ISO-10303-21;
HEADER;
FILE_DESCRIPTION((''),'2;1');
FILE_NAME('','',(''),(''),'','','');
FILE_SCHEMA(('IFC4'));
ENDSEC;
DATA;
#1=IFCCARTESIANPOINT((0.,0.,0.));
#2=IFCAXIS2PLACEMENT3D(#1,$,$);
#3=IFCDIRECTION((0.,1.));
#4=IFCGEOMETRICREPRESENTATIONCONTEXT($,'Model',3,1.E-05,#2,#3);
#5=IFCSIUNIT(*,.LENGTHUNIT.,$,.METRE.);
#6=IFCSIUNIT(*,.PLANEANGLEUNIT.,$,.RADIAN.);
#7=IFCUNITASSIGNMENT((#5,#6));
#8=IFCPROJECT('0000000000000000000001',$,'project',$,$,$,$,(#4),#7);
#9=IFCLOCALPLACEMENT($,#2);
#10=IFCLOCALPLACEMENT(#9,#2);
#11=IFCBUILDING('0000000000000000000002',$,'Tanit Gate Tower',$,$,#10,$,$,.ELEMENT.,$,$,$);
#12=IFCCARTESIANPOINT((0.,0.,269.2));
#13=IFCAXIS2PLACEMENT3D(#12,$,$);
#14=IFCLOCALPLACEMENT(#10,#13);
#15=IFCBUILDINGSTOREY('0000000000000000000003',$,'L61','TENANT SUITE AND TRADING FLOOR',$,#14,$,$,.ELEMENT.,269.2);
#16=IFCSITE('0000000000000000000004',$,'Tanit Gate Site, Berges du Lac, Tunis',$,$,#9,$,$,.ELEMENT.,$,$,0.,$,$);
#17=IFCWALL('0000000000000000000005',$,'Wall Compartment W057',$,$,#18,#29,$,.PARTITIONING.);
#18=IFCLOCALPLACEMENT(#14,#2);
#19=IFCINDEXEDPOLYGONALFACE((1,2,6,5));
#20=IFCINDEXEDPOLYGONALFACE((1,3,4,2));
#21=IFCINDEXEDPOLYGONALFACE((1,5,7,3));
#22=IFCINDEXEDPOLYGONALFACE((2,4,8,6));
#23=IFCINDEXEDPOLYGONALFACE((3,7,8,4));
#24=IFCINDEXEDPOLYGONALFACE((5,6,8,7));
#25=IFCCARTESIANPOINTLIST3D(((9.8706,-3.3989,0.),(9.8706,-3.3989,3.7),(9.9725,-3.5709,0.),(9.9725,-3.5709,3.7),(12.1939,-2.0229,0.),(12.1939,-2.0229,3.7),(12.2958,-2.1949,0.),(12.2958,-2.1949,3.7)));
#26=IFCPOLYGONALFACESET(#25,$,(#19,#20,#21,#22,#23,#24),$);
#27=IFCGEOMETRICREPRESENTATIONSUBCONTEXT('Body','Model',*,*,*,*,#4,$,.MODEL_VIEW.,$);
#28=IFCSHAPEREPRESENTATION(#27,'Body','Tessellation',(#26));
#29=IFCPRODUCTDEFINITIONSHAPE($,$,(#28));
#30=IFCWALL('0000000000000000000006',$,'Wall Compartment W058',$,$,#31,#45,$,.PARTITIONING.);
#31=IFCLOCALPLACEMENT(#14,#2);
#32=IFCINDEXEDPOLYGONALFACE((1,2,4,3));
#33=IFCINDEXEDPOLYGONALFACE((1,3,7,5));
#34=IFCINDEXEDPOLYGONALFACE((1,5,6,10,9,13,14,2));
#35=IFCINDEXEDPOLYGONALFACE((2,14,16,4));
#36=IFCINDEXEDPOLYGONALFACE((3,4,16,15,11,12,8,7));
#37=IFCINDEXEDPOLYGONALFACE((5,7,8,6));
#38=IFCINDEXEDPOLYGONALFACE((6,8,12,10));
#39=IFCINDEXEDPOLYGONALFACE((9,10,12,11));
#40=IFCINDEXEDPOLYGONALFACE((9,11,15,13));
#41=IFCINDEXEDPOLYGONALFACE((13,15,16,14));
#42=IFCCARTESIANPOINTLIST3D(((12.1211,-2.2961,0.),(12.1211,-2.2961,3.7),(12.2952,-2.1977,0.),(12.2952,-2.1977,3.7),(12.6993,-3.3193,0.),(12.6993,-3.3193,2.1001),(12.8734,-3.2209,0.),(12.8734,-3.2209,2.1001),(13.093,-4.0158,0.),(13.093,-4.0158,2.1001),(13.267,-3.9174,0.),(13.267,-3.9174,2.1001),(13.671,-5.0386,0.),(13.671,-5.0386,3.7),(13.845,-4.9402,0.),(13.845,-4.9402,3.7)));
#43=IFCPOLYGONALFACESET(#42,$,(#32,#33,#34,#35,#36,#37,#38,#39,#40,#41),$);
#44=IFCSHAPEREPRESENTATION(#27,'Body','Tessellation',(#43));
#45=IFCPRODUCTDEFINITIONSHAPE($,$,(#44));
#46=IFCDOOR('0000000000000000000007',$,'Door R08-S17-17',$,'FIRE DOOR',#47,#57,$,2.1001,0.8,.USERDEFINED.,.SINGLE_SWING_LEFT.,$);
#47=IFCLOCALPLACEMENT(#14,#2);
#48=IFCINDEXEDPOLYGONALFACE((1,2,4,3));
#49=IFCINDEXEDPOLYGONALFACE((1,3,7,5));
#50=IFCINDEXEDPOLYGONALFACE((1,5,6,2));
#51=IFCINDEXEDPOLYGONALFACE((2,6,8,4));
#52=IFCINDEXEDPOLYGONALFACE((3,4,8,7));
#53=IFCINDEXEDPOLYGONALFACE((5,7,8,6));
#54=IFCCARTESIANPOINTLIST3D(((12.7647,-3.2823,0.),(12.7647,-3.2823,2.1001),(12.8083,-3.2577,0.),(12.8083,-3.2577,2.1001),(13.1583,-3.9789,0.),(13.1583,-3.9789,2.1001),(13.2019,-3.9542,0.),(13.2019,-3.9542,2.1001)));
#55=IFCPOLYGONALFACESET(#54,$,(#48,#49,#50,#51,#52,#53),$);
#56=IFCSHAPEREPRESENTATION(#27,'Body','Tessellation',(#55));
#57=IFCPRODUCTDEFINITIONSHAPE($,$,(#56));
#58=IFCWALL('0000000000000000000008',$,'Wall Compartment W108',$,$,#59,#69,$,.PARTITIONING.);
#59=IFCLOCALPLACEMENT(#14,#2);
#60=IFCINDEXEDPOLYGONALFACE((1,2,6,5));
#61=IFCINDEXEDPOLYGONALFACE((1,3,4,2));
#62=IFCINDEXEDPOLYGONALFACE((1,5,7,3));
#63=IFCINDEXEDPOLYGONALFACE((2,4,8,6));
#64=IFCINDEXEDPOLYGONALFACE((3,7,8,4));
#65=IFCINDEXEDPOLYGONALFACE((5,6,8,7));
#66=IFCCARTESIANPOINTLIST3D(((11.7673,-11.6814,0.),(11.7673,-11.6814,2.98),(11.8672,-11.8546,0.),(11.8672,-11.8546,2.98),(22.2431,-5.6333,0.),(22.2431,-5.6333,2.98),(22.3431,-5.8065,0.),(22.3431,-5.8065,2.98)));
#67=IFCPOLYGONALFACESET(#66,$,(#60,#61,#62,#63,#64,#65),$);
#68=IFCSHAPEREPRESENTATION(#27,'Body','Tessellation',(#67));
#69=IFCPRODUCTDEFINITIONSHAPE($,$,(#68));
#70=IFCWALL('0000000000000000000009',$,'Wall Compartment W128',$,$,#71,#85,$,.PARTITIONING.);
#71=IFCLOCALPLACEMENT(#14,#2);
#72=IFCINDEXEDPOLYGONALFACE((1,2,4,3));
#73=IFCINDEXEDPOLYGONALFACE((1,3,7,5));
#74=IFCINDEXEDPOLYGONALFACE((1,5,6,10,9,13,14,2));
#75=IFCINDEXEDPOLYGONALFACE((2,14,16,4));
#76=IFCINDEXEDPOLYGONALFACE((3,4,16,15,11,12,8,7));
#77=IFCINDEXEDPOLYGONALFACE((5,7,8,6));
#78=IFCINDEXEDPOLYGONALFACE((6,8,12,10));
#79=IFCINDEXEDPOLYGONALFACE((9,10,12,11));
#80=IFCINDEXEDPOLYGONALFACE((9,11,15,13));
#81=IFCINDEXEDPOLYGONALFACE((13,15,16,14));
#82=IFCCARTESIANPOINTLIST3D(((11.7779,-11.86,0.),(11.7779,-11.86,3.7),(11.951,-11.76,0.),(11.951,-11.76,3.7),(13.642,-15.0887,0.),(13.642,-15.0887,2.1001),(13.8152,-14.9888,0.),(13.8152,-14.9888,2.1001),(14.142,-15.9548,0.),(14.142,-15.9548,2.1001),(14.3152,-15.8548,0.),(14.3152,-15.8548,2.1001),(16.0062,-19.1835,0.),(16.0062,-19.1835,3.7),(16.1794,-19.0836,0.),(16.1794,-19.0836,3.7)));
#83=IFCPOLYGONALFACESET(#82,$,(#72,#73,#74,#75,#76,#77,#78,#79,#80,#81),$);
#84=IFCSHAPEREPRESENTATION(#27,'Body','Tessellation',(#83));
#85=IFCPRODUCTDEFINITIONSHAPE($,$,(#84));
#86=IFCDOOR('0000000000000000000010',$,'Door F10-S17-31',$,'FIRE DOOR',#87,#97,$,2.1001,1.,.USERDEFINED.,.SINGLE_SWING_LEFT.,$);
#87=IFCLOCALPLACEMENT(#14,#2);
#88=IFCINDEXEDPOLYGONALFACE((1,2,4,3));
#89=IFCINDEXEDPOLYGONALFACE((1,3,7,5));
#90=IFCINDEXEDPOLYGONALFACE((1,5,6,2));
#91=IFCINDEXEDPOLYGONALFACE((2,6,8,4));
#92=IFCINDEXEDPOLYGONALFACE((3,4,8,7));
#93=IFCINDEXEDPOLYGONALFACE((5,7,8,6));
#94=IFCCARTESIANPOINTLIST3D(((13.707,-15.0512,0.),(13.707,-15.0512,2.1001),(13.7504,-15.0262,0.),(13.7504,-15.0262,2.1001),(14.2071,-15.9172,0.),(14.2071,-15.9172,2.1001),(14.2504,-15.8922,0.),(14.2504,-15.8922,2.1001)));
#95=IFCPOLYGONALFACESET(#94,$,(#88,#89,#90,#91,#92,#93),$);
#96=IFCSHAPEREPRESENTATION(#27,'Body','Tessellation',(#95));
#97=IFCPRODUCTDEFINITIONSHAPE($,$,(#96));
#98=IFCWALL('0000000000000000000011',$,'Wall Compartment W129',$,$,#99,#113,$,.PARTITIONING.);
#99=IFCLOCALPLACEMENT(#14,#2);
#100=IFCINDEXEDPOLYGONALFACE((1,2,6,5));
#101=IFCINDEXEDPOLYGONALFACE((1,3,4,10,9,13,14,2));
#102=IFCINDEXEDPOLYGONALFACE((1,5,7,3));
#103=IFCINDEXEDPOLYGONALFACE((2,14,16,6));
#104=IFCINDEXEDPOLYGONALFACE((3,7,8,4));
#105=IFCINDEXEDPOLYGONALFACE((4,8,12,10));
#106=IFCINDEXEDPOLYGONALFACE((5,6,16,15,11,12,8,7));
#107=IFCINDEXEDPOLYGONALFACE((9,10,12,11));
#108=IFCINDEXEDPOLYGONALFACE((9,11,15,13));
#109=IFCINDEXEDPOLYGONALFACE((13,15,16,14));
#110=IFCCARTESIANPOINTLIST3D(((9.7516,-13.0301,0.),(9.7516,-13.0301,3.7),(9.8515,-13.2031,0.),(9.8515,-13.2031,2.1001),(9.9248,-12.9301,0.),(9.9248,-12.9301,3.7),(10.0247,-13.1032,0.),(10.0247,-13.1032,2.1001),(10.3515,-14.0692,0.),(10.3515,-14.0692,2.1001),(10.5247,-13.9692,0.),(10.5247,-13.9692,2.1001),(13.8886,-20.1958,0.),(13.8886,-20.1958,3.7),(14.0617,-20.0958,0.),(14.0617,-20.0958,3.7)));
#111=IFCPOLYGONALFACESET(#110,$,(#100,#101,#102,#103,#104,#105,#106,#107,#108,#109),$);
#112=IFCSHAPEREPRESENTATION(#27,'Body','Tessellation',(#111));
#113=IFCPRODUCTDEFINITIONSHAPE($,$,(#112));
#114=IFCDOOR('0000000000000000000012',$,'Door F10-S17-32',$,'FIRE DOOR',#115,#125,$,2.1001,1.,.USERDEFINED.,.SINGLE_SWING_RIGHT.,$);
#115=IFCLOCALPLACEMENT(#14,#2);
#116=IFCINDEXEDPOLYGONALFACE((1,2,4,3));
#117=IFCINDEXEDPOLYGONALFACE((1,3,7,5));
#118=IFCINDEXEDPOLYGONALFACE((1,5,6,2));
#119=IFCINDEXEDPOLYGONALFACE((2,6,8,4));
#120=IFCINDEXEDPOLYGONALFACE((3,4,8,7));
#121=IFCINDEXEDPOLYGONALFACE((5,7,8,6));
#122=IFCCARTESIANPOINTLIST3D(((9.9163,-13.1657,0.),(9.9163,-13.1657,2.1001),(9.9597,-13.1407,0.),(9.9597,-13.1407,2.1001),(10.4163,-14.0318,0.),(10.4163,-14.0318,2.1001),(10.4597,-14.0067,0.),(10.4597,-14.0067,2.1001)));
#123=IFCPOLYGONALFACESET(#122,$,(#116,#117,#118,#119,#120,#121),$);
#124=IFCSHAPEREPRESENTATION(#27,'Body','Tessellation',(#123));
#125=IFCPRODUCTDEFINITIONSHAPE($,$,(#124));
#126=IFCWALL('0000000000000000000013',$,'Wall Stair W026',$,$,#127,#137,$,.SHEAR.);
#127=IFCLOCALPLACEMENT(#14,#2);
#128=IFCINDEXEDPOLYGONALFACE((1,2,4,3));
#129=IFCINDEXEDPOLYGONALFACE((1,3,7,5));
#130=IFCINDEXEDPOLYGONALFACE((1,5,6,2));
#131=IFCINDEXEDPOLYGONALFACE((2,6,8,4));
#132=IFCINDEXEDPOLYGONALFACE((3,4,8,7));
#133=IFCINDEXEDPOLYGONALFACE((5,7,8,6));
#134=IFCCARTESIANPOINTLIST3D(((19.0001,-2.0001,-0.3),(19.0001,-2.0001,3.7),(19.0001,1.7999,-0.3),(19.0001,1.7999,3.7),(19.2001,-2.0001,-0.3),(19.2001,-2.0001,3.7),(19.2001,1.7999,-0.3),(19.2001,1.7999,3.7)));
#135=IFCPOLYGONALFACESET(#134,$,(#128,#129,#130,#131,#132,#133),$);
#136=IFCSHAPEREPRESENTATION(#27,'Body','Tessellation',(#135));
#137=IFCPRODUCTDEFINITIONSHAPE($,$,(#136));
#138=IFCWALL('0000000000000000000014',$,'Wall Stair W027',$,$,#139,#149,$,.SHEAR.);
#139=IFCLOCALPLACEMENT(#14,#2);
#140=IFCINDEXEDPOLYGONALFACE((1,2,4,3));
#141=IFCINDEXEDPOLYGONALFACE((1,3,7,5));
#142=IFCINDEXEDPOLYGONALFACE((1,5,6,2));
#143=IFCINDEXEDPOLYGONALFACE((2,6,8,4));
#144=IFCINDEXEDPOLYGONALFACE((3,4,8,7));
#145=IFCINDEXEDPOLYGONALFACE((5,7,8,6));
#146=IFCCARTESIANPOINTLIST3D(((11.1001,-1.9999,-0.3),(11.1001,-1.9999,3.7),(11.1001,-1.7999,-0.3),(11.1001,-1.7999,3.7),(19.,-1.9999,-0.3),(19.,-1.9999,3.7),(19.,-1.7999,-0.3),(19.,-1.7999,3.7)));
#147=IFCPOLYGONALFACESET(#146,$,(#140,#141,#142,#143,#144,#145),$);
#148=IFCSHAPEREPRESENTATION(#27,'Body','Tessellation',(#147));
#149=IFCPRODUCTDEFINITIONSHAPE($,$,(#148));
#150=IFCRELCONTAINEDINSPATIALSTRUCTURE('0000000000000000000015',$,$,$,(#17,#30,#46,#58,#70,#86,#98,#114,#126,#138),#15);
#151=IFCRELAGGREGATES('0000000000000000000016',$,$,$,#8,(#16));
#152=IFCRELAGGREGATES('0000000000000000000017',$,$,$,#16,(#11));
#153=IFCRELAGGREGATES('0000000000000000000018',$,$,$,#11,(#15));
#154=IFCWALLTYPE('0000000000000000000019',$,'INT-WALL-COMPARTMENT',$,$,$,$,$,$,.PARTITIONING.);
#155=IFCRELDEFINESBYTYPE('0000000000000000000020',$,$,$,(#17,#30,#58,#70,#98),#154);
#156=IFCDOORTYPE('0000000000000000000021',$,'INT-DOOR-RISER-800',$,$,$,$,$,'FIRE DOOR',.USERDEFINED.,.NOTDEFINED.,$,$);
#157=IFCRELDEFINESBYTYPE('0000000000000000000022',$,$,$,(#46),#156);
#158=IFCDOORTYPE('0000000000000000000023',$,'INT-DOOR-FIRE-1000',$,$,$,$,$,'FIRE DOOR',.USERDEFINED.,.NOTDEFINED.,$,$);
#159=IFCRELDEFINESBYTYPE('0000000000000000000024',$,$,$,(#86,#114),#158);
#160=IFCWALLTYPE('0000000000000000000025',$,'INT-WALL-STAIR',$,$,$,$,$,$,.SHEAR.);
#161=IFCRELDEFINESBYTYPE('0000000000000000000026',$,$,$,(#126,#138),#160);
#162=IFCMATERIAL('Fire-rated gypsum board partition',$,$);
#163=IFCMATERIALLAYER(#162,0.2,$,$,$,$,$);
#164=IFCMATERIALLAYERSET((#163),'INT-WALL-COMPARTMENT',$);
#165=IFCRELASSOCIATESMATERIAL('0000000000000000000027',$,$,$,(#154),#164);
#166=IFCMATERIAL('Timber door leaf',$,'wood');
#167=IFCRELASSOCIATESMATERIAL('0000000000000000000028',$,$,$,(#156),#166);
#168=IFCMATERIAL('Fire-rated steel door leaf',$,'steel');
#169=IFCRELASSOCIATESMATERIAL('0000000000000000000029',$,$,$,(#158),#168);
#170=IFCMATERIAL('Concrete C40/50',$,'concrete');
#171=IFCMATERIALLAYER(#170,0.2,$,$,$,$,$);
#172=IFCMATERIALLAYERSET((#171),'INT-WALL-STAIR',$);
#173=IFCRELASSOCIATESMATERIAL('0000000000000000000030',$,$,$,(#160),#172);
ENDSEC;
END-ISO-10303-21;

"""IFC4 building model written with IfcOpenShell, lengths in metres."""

from ifc_helpers import new_model, si_unit, direction, frame, frame_2d, origin, place, context, subcontext, project, spatial, rectangle, extrude, material, layer, layer_set, type_object, element, fill, save


model = new_model("IFC4")

# Units and contexts
model_context = context("Model", 3, precision=1e-05, world=origin(), true_north=direction((0.0, 1.0)))
body_context = subcontext(model_context, "Body", "Model", "MODEL_VIEW")
ifc_project = project(units=[si_unit("LENGTHUNIT", "METRE"), si_unit("PLANEANGLEUNIT", "RADIAN")], contexts=[model_context])

# Site, building, storey
site_placement = place(None, origin())
site = spatial("IfcSite", under=ifc_project, at=site_placement, Name="Tanit Gate Site, Berges du Lac, Tunis", CompositionType="ELEMENT", RefElevation=0.0)
building_placement = place(site_placement, origin())
building = spatial("IfcBuilding", under=site, at=building_placement, Name="Tanit Gate Tower", CompositionType="ELEMENT")
storey_placement = place(building_placement, frame((0.0, 0.0, 269.2)))
storey = spatial("IfcBuildingStorey", under=building, at=storey_placement, Name="L61", Description="TENANT SUITE AND TRADING FLOOR", CompositionType="ELEMENT", Elevation=269.2)

# Wall
ifc_material_1 = material(Name="Fire-rated gypsum board partition")
ifc_layer_1 = layer(ifc_material_1, 0.2)
ifc_layer_set_1 = layer_set([ifc_layer_1], Name="INT-WALL-COMPARTMENT")
wall_type_1 = type_object("IfcWallType", Name="INT-WALL-COMPARTMENT", PredefinedType="PARTITIONING", material=ifc_layer_set_1)
wall_1_placement = place(storey_placement, frame((12.2449, -2.1089, 0.0), z_axis=(0.0, 0.0, 1.0), x_axis=(-0.860415, -0.509594, 0.0)))
element("IfcWall", 1, at=wall_1_placement, inside=storey, type_object=wall_type_1, Name="Wall Compartment W057", PredefinedType="PARTITIONING", context=body_context, shape_type="SweptSolid", body=[
    extrude(rectangle(XDim=2.7002, YDim=0.2, at=frame_2d((1.3501, 0.0))), origin(), (0.0, 0.0, 1.0), 3.7),
])

# Wall, opening, door
wall_2_placement = place(storey_placement, frame((13.7581, -4.9895, 0.0), z_axis=(0.0, 0.0, 1.0), x_axis=(-0.491993, 0.870599, 0.0)))
wall_2 = element("IfcWall", 2, at=wall_2_placement, inside=storey, type_object=wall_type_1, Name="Wall Compartment W058", PredefinedType="PARTITIONING", context=body_context, shape_type="SweptSolid", body=[
    extrude(rectangle(XDim=3.1501, YDim=0.2, at=frame_2d((1.5752, 0.0))), origin(), (0.0, 0.0, 1.0), 3.7),
])
opening_1_placement = place(wall_2_placement, frame((1.175, 0.0, 0.0)))
opening_1 = element("IfcOpeningElement", 3, at=opening_1_placement, cuts=wall_2, PredefinedType="OPENING", context=body_context, shape_type="SweptSolid", body=[
    extrude(rectangle(XDim=0.8, YDim=2.1001, at=frame_2d((0.3999, 1.05))), frame((0.0, 0.1099, 0.0), z_axis=(0.0, -1.0, 0.0), x_axis=(1.0, 0.0, 0.0)), (0.0, 0.0, 1.0), 0.22),
])
ifc_material_2 = material(Name="Timber door leaf", Category="wood")
door_type_1 = type_object("IfcDoorType", Name="INT-DOOR-RISER-800", ElementType="FIRE DOOR", OperationType="NOTDEFINED", PredefinedType="USERDEFINED", material=ifc_material_2)
door_1_placement = place(opening_1_placement, origin())
door_1 = element("IfcDoor", 4, at=door_1_placement, inside=storey, type_object=door_type_1, Name="Door R08-S17-17", ObjectType="FIRE DOOR", OperationType="SINGLE_SWING_LEFT", OverallHeight=2.1001, OverallWidth=0.8, PredefinedType="USERDEFINED", context=body_context, shape_type="SweptSolid", body=[
    extrude(rectangle(XDim=0.8, YDim=2.1001, at=frame_2d((0.3999, 1.05))), frame((0.0, 0.0249, 0.0), z_axis=(0.0, -1.0, 0.0), x_axis=(1.0, 0.0, 0.0)), (0.0, 0.0, 1.0), 0.05),
])
fill(opening_1, door_1)

# Wall
wall_3_placement = place(storey_placement, frame((11.8171, -11.7681, 0.0), z_axis=(0.0, 0.0, 1.0), x_axis=(0.86603, 0.499992, 0.0)))
element("IfcWall", 5, at=wall_3_placement, inside=storey, type_object=wall_type_1, Name="Wall Compartment W108", PredefinedType="PARTITIONING", context=body_context, shape_type="SweptSolid", body=[
    extrude(rectangle(XDim=12.0964, YDim=0.2, at=frame_2d((6.0483, 0.0))), origin(), (0.0, 0.0, 1.0), 2.98),
])

# Walls, openings, doors
wall_4_placement = place(storey_placement, frame((16.0928, -19.1335, 0.0), z_axis=(0.0, 0.0, 1.0), x_axis=(-0.500005, 0.866023, 0.0)))
wall_4 = element("IfcWall", 6, at=wall_4_placement, inside=storey, type_object=wall_type_1, Name="Wall Compartment W128", PredefinedType="PARTITIONING", context=body_context, shape_type="SweptSolid", body=[
    extrude(rectangle(XDim=8.4565, YDim=0.2, at=frame_2d((4.2283, 0.0))), origin(), (0.0, 0.0, 1.0), 3.7),
])
opening_2_placement = place(wall_4_placement, frame((3.7283, 0.0, 0.0)))
opening_2 = element("IfcOpeningElement", 7, at=opening_2_placement, cuts=wall_4, PredefinedType="OPENING", context=body_context, shape_type="SweptSolid", body=[
    extrude(rectangle(XDim=1.0, YDim=2.1001, at=frame_2d((0.5, 1.05))), frame((0.0, 0.1099, 0.0), z_axis=(0.0, -1.0, 0.0), x_axis=(1.0, 0.0, 0.0)), (0.0, 0.0, 1.0), 0.22),
])
ifc_material_3 = material(Name="Fire-rated steel door leaf", Category="steel")
door_type_2 = type_object("IfcDoorType", Name="INT-DOOR-FIRE-1000", ElementType="FIRE DOOR", OperationType="NOTDEFINED", PredefinedType="USERDEFINED", material=ifc_material_3)
door_2_placement = place(opening_2_placement, origin())
door_2 = element("IfcDoor", 8, at=door_2_placement, inside=storey, type_object=door_type_2, Name="Door F10-S17-31", ObjectType="FIRE DOOR", OperationType="SINGLE_SWING_LEFT", OverallHeight=2.1001, OverallWidth=1.0, PredefinedType="USERDEFINED", context=body_context, shape_type="SweptSolid", body=[
    extrude(rectangle(XDim=1.0, YDim=2.1001, at=frame_2d((0.5, 1.05))), frame((0.0, 0.0249, 0.0), z_axis=(0.0, -1.0, 0.0), x_axis=(1.0, 0.0, 0.0)), (0.0, 0.0, 1.0), 0.05),
])
fill(opening_2, door_2)
wall_5_placement = place(storey_placement, frame((9.8381, -12.98, 0.0), z_axis=(0.0, 0.0, 1.0), x_axis=(0.499982, -0.866036, 0.0)))
wall_5 = element("IfcWall", 9, at=wall_5_placement, inside=storey, type_object=wall_type_1, Name="Wall Compartment W129", PredefinedType="PARTITIONING", context=body_context, shape_type="SweptSolid", body=[
    extrude(rectangle(XDim=8.2742, YDim=0.2, at=frame_2d((4.1372, 0.0))), origin(), (0.0, 0.0, 1.0), 3.7),
])
opening_3_placement = place(wall_5_placement, frame((0.2, 0.0, 0.0)))
opening_3 = element("IfcOpeningElement", 10, at=opening_3_placement, cuts=wall_5, PredefinedType="OPENING", context=body_context, shape_type="SweptSolid", body=[
    extrude(rectangle(XDim=1.0, YDim=2.1001, at=frame_2d((0.5, 1.05))), frame((0.0, 0.1099, 0.0), z_axis=(0.0, -1.0, 0.0), x_axis=(1.0, 0.0, 0.0)), (0.0, 0.0, 1.0), 0.22),
])
door_3_placement = place(opening_3_placement, origin())
door_3 = element("IfcDoor", 11, at=door_3_placement, inside=storey, type_object=door_type_2, Name="Door F10-S17-32", ObjectType="FIRE DOOR", OperationType="SINGLE_SWING_RIGHT", OverallHeight=2.1001, OverallWidth=1.0, PredefinedType="USERDEFINED", context=body_context, shape_type="SweptSolid", body=[
    extrude(rectangle(XDim=1.0, YDim=2.1001, at=frame_2d((0.5, 1.05))), frame((0.0, 0.0249, 0.0), z_axis=(0.0, -1.0, 0.0), x_axis=(1.0, 0.0, 0.0)), (0.0, 0.0, 1.0), 0.05),
])
fill(opening_3, door_3)

# Walls
ifc_material_4 = material(Name="Concrete C40/50", Category="concrete")
ifc_layer_2 = layer(ifc_material_4, 0.2)
ifc_layer_set_2 = layer_set([ifc_layer_2], Name="INT-WALL-STAIR")
wall_type_2 = type_object("IfcWallType", Name="INT-WALL-STAIR", PredefinedType="SHEAR", material=ifc_layer_set_2)
wall_6_placement = place(storey_placement, frame((19.1001, -2.0, -0.3), z_axis=(0.0, 0.0, 1.0), x_axis=(0.0, 1.0, 0.0)))
element("IfcWall", 12, at=wall_6_placement, inside=storey, type_object=wall_type_2, Name="Wall Stair W026", PredefinedType="SHEAR", context=body_context, shape_type="SweptSolid", body=[
    extrude(rectangle(XDim=3.8, YDim=0.2, at=frame_2d((1.8999, 0.0))), origin(), (0.0, 0.0, 1.0), 4.0),
])
wall_7_placement = place(storey_placement, frame((11.1001, -1.8999, -0.3), z_axis=(0.0, 0.0, 1.0), x_axis=(1.0, 0.0, 0.0)))
element("IfcWall", 13, at=wall_7_placement, inside=storey, type_object=wall_type_2, Name="Wall Stair W027", PredefinedType="SHEAR", context=body_context, shape_type="SweptSolid", body=[
    extrude(rectangle(XDim=7.8999, YDim=0.2, at=frame_2d((3.95, 0.0))), origin(), (0.0, 0.0, 1.0), 4.0),
])

save(model, "model.ifc")
